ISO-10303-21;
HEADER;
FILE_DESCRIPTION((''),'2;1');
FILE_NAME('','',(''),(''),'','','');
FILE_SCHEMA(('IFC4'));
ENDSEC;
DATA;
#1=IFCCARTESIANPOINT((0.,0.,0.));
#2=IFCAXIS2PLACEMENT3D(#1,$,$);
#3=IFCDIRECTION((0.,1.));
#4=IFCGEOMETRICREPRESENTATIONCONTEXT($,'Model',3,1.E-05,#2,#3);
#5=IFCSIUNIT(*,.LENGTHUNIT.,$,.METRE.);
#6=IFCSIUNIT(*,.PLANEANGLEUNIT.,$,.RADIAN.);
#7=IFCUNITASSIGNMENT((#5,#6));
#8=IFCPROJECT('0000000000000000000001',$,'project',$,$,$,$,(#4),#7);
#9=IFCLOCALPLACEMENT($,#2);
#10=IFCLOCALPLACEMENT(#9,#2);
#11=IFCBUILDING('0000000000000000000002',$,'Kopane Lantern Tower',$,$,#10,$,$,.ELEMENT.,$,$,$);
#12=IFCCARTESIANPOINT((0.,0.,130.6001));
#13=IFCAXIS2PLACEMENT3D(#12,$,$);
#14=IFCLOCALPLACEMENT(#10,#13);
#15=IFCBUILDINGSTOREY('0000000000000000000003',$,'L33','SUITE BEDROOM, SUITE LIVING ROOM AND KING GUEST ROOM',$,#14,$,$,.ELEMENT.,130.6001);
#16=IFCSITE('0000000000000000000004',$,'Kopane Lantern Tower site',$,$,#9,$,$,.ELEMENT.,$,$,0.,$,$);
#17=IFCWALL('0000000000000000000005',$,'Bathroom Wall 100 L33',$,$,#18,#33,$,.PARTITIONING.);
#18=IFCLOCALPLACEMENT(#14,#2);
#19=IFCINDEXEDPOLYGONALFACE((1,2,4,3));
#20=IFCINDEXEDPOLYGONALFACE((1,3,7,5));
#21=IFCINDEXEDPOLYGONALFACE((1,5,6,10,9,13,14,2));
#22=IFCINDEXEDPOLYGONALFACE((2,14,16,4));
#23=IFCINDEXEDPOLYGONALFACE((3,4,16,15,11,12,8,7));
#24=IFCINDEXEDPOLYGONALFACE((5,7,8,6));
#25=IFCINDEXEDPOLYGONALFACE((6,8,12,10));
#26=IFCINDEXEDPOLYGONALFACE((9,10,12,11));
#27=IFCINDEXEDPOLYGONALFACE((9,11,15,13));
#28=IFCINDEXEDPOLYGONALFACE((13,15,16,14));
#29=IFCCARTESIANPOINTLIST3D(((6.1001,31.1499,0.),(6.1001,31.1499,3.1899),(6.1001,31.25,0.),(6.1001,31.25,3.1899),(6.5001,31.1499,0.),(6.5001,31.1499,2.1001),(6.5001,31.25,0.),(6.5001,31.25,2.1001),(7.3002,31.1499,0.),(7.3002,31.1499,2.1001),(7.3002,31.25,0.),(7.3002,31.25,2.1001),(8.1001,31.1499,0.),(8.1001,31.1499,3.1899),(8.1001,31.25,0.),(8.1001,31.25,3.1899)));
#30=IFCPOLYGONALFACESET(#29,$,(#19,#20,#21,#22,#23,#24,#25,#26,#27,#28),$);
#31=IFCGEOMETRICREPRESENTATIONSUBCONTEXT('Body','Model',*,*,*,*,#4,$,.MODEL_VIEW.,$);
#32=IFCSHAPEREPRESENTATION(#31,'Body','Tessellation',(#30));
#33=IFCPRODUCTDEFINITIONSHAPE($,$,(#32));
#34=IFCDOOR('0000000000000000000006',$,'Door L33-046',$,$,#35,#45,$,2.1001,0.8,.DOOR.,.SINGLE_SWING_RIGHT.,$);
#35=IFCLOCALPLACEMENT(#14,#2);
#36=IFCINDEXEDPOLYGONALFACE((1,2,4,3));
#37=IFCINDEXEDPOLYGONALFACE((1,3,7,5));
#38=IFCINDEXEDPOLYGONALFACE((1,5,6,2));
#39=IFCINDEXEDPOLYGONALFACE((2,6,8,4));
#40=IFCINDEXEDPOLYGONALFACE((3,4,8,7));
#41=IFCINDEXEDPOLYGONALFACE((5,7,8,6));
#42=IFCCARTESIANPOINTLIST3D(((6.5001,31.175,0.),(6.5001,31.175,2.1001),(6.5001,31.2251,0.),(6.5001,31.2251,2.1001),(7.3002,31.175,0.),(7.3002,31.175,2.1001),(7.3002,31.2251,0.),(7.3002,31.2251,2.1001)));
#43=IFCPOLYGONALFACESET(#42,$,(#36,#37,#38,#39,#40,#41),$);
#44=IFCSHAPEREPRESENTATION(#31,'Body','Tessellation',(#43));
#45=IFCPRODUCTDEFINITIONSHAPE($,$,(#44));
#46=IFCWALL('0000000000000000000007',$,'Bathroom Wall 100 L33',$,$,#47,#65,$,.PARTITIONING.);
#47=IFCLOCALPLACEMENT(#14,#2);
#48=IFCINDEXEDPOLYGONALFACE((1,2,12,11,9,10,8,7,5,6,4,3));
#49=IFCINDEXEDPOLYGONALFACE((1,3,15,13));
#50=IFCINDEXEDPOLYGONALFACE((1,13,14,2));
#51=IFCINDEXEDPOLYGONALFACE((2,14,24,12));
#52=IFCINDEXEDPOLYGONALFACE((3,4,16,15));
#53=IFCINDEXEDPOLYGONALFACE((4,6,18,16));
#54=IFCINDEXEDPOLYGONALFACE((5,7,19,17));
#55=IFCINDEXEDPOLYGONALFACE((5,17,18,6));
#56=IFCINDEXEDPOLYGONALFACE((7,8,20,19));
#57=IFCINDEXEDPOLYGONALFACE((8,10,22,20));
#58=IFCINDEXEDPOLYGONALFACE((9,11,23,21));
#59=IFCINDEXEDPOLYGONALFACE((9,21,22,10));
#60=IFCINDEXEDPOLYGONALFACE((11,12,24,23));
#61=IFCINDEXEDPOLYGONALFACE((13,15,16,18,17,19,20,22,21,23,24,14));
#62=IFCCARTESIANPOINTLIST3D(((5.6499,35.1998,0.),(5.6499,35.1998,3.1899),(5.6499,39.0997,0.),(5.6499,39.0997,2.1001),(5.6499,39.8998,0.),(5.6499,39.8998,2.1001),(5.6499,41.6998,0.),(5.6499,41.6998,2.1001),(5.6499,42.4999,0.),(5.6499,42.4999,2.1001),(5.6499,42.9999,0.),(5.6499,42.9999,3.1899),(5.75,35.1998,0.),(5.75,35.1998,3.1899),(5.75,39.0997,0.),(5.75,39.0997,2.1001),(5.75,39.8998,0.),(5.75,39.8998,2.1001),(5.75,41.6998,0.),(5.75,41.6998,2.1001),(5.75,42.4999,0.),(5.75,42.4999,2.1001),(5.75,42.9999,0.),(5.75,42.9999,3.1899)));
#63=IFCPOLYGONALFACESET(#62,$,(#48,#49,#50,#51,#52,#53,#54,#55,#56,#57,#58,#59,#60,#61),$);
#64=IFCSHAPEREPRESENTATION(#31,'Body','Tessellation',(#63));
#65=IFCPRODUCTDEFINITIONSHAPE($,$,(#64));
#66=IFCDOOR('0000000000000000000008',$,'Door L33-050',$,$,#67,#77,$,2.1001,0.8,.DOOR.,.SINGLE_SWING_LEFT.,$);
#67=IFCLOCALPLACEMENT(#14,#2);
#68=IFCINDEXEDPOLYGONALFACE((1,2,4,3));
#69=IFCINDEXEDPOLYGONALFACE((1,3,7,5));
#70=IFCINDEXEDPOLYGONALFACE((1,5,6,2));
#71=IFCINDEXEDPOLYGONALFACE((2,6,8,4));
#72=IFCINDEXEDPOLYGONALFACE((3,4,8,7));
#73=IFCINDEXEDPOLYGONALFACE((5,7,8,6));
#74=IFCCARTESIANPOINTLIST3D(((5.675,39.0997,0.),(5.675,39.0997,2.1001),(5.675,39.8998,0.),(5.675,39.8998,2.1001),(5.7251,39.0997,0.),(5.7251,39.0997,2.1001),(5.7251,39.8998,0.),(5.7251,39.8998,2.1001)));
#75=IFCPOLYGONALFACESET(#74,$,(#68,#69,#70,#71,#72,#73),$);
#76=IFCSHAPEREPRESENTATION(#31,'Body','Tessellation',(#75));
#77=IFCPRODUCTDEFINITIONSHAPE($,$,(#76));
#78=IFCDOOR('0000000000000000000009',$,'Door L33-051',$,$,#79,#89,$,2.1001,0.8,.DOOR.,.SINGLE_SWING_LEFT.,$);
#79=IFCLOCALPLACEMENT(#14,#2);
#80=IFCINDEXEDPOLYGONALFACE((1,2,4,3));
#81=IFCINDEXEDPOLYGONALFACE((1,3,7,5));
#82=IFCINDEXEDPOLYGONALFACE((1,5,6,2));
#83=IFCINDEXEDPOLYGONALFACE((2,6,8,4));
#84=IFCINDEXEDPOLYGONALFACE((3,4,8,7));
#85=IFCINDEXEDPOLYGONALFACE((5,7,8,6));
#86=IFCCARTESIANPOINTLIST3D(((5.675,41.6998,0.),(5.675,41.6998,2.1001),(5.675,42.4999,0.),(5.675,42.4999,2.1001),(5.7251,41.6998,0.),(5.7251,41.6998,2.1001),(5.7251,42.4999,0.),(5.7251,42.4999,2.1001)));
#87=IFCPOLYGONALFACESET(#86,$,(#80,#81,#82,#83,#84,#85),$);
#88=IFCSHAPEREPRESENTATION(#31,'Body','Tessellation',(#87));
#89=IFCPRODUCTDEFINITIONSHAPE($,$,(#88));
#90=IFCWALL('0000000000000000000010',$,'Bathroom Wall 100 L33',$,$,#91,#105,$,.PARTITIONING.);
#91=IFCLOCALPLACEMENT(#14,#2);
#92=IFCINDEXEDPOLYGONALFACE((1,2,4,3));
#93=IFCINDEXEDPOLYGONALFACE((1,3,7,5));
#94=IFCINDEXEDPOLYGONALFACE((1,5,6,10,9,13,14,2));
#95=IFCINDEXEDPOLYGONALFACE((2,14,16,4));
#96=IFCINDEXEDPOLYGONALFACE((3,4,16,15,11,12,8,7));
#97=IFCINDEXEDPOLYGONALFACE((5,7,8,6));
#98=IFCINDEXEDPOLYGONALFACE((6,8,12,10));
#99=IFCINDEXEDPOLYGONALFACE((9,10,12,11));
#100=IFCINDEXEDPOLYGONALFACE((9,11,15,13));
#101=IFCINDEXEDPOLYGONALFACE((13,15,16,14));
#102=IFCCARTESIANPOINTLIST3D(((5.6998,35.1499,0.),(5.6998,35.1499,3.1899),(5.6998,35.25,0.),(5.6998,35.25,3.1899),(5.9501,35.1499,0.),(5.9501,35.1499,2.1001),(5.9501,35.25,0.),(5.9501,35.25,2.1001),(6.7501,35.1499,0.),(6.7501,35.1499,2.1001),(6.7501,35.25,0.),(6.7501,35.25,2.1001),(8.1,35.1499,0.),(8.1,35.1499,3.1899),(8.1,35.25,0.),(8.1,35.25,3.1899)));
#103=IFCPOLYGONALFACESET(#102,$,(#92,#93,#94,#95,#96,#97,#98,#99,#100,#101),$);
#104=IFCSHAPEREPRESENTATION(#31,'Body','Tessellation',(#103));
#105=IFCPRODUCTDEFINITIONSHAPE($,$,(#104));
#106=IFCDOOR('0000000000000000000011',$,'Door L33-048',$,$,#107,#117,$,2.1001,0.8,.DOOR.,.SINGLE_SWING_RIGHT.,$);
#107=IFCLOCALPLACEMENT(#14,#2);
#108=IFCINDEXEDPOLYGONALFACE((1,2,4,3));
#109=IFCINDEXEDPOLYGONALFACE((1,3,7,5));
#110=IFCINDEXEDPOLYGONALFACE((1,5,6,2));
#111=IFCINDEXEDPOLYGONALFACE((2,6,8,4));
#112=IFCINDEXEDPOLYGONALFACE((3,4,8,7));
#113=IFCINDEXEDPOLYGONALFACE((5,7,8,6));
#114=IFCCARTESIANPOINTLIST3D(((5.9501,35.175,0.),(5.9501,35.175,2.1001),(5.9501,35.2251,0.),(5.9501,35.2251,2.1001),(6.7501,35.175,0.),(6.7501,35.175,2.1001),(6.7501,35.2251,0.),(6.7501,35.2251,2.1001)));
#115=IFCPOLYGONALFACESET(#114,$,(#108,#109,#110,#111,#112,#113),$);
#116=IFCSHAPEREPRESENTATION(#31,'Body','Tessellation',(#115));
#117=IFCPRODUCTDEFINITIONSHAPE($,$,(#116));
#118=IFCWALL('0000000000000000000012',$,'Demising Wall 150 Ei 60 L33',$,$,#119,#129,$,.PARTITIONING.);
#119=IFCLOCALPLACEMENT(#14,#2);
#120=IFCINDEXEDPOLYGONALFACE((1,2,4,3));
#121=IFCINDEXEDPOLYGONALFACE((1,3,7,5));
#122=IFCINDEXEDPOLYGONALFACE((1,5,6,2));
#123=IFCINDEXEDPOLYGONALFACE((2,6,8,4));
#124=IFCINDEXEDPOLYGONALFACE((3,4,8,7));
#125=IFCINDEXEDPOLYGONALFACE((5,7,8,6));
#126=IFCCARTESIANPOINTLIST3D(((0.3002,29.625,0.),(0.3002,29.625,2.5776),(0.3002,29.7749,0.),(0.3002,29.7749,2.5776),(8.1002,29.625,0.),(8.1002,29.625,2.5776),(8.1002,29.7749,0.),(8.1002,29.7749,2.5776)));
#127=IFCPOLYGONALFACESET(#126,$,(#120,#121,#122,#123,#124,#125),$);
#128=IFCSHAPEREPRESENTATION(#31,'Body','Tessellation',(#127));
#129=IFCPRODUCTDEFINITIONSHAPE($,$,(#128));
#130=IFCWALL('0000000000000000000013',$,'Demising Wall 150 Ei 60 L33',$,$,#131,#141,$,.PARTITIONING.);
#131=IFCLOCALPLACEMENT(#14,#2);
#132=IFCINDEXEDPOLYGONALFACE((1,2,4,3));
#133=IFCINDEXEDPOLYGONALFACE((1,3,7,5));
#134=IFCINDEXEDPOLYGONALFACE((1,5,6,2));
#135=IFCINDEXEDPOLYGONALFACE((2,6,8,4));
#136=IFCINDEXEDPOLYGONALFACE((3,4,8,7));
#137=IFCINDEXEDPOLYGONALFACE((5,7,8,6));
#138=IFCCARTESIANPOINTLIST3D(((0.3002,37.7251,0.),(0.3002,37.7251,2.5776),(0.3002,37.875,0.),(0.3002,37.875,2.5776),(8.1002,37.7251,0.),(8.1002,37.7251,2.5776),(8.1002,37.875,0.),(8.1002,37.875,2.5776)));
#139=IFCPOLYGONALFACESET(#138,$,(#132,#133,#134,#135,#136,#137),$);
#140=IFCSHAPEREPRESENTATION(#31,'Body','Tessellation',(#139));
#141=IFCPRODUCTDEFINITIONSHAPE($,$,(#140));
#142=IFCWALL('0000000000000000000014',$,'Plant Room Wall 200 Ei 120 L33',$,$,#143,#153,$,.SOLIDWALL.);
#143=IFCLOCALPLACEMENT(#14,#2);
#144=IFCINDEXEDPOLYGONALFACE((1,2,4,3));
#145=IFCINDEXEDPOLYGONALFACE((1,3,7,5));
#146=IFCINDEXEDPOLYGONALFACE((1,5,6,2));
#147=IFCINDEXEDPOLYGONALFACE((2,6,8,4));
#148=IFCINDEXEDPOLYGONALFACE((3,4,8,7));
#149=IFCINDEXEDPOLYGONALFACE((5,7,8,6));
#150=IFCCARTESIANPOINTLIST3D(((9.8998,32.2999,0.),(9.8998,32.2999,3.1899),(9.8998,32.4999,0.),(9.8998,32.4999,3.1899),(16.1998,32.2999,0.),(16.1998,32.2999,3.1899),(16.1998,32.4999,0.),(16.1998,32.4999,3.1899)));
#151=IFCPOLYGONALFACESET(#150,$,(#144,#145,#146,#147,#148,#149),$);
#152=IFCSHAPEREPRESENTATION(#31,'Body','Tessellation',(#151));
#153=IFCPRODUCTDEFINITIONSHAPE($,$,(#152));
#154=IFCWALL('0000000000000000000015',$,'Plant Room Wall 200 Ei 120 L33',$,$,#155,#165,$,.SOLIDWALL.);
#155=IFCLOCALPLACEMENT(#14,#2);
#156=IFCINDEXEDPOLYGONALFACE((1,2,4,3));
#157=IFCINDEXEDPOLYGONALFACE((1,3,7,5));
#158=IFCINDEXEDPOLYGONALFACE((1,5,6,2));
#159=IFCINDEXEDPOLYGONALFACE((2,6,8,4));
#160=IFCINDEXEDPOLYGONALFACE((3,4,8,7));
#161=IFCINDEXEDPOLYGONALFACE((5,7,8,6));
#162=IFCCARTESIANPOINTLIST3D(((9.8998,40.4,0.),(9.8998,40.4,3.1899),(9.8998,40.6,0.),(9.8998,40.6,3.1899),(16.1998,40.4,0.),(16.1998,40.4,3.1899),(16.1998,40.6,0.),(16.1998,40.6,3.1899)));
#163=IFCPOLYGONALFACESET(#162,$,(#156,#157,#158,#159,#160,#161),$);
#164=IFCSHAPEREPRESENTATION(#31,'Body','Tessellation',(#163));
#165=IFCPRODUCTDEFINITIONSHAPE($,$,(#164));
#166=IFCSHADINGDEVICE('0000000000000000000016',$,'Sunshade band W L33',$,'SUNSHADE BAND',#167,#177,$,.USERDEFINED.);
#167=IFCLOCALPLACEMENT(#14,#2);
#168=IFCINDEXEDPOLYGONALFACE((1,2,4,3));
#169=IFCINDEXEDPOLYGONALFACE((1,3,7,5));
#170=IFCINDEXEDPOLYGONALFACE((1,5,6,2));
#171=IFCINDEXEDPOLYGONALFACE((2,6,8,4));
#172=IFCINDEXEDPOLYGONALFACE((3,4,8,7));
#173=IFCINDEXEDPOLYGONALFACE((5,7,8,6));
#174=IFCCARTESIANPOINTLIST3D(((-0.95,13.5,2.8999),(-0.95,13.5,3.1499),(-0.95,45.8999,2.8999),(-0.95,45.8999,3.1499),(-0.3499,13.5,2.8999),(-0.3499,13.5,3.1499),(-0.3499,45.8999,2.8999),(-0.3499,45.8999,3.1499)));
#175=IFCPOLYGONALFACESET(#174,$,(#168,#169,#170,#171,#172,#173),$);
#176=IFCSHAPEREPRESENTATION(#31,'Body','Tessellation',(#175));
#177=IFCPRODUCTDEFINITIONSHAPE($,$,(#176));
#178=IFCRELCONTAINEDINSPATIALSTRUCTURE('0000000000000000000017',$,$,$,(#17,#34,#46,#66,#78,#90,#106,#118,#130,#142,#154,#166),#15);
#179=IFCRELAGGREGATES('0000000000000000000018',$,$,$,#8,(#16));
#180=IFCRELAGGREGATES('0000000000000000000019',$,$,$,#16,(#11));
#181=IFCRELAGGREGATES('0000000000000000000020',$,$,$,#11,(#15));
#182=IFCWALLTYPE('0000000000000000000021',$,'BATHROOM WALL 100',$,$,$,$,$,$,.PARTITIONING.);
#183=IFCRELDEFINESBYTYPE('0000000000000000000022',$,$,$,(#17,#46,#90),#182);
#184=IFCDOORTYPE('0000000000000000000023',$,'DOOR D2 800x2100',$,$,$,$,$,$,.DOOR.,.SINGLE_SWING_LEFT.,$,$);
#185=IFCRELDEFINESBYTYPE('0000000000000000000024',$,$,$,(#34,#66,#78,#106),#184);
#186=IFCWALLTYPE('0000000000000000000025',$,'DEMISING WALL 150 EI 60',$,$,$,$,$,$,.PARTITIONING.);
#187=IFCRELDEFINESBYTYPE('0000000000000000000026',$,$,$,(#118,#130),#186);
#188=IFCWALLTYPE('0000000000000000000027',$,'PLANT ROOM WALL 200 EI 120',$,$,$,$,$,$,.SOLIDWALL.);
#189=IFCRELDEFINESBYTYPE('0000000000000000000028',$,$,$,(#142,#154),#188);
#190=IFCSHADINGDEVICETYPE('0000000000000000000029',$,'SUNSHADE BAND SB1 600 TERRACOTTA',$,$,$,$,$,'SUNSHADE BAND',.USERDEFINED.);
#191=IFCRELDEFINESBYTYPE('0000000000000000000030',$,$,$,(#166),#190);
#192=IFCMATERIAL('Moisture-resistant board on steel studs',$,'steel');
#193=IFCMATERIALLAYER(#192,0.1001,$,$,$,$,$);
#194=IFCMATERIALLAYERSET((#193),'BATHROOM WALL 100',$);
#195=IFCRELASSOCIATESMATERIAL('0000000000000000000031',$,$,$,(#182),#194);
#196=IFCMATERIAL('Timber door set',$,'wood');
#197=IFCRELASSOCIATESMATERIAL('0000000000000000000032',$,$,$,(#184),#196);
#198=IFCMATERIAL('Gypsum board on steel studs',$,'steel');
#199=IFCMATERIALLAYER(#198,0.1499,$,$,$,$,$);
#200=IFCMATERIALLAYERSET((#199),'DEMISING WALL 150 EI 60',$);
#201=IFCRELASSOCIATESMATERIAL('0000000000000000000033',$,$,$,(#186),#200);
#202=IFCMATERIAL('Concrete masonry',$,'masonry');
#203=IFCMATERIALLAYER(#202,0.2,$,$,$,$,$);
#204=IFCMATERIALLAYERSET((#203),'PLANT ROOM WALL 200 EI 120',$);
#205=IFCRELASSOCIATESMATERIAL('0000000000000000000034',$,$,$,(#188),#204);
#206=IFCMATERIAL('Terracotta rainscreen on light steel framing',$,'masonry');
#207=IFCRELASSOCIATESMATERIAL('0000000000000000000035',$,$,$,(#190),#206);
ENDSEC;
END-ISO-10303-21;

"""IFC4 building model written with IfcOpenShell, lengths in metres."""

from ifc_helpers import new_model, si_unit, direction, frame, frame_2d, origin, origin_2d, place, context, subcontext, project, spatial, rectangle, extrude, material, layer, layer_set, type_object, element, fill, save


model = new_model("IFC4")

# Units and contexts
model_context = context("Model", 3, precision=1e-05, world=origin(), true_north=direction((0.0, 1.0)))
body_context = subcontext(model_context, "Body", "Model", "MODEL_VIEW")
ifc_project = project(units=[si_unit("LENGTHUNIT", "METRE"), si_unit("PLANEANGLEUNIT", "RADIAN")], contexts=[model_context])

# Site, building, storey
site_placement = place(None, origin())
site = spatial("IfcSite", under=ifc_project, at=site_placement, Name="Kopane Lantern Tower site", CompositionType="ELEMENT", RefElevation=0.0)
building_placement = place(site_placement, origin())
building = spatial("IfcBuilding", under=site, at=building_placement, Name="Kopane Lantern Tower", CompositionType="ELEMENT")
storey_placement = place(building_placement, frame((0.0, 0.0, 130.6001)))
storey = spatial("IfcBuildingStorey", under=building, at=storey_placement, Name="L33", Description="SUITE BEDROOM, SUITE LIVING ROOM AND KING GUEST ROOM", CompositionType="ELEMENT", Elevation=130.6001)

# Shared definitions
ifc_material_1 = material(Name="Moisture-resistant board on steel studs", Category="steel")
ifc_layer_1 = layer(ifc_material_1, 0.1001)
ifc_layer_set_1 = layer_set([ifc_layer_1], Name="BATHROOM WALL 100")
wall_type_1 = type_object("IfcWallType", Name="BATHROOM WALL 100", PredefinedType="PARTITIONING", material=ifc_layer_set_1)

# Wall, opening, door
wall_1_placement = place(storey_placement, frame((8.1001, 31.2, 0.0), z_axis=(0.0, 0.0, 1.0), x_axis=(-1.0, 0.0, 0.0)))
wall_1 = element("IfcWall", 1, at=wall_1_placement, inside=storey, type_object=wall_type_1, Name="Bathroom Wall 100 L33", PredefinedType="PARTITIONING", context=body_context, shape_type="SweptSolid", body=[
    extrude(rectangle(XDim=2.0, YDim=0.1001, at=frame_2d((1.0, 0.0))), origin(), (0.0, 0.0, 1.0), 3.1899),
])
opening_1_placement = place(wall_1_placement, frame((0.8, 0.0, 0.0)))
opening_1 = element("IfcOpeningElement", 2, at=opening_1_placement, cuts=wall_1, PredefinedType="OPENING", context=body_context, shape_type="SweptSolid", body=[
    extrude(rectangle(XDim=0.8, YDim=2.1001, at=frame_2d((0.3999, 1.05))), frame((0.0, 0.0601, 0.0), z_axis=(0.0, -1.0, 0.0), x_axis=(1.0, 0.0, 0.0)), (0.0, 0.0, 1.0), 0.1201),
])
ifc_material_2 = material(Name="Timber door set", Category="wood")
door_type_1 = type_object("IfcDoorType", Name="DOOR D2 800x2100", OperationType="SINGLE_SWING_LEFT", PredefinedType="DOOR", material=ifc_material_2)
door_1_placement = place(opening_1_placement, origin())
door_1 = element("IfcDoor", 3, at=door_1_placement, inside=storey, type_object=door_type_1, Name="Door L33-046", OperationType="SINGLE_SWING_RIGHT", OverallHeight=2.1001, OverallWidth=0.8, PredefinedType="DOOR", context=body_context, shape_type="SweptSolid", body=[
    extrude(rectangle(XDim=0.8, YDim=2.1001, at=frame_2d((0.3999, 1.05))), frame((0.0, 0.0249, 0.0), z_axis=(0.0, -1.0, 0.0), x_axis=(1.0, 0.0, 0.0)), (0.0, 0.0, 1.0), 0.05),
])
fill(opening_1, door_1)

# Wall, openings, doors
wall_2_placement = place(storey_placement, frame((5.7, 35.2, 0.0), z_axis=(0.0, 0.0, 1.0), x_axis=(0.0, 1.0, 0.0)))
wall_2 = element("IfcWall", 4, at=wall_2_placement, inside=storey, type_object=wall_type_1, Name="Bathroom Wall 100 L33", PredefinedType="PARTITIONING", context=body_context, shape_type="SweptSolid", body=[
    extrude(rectangle(XDim=7.8, YDim=0.1001, at=frame_2d((3.8999, 0.0))), origin(), (0.0, 0.0, 1.0), 3.1899),
])
opening_2_placement = place(wall_2_placement, frame((3.8999, 0.0, 0.0)))
opening_2 = element("IfcOpeningElement", 5, at=opening_2_placement, cuts=wall_2, PredefinedType="OPENING", context=body_context, shape_type="SweptSolid", body=[
    extrude(rectangle(XDim=0.8, YDim=2.1001, at=frame_2d((0.3999, 1.05))), frame((0.0, 0.0601, 0.0), z_axis=(0.0, -1.0, 0.0), x_axis=(1.0, 0.0, 0.0)), (0.0, 0.0, 1.0), 0.1201),
])
opening_3_placement = place(wall_2_placement, frame((6.5, 0.0, 0.0)))
opening_3 = element("IfcOpeningElement", 6, at=opening_3_placement, cuts=wall_2, PredefinedType="OPENING", context=body_context, shape_type="SweptSolid", body=[
    extrude(rectangle(XDim=0.8, YDim=2.1001, at=frame_2d((0.3999, 1.05))), frame((0.0, 0.0601, 0.0), z_axis=(0.0, -1.0, 0.0), x_axis=(1.0, 0.0, 0.0)), (0.0, 0.0, 1.0), 0.1201),
])
door_2_placement = place(opening_2_placement, origin())
door_2 = element("IfcDoor", 7, at=door_2_placement, inside=storey, type_object=door_type_1, Name="Door L33-050", OperationType="SINGLE_SWING_LEFT", OverallHeight=2.1001, OverallWidth=0.8, PredefinedType="DOOR", context=body_context, shape_type="SweptSolid", body=[
    extrude(rectangle(XDim=0.8, YDim=2.1001, at=frame_2d((0.3999, 1.05))), frame((0.0, 0.0249, 0.0), z_axis=(0.0, -1.0, 0.0), x_axis=(1.0, 0.0, 0.0)), (0.0, 0.0, 1.0), 0.05),
])
fill(opening_2, door_2)
door_3_placement = place(opening_3_placement, origin())
door_3 = element("IfcDoor", 8, at=door_3_placement, inside=storey, type_object=door_type_1, Name="Door L33-051", OperationType="SINGLE_SWING_LEFT", OverallHeight=2.1001, OverallWidth=0.8, PredefinedType="DOOR", context=body_context, shape_type="SweptSolid", body=[
    extrude(rectangle(XDim=0.8, YDim=2.1001, at=frame_2d((0.3999, 1.05))), frame((0.0, 0.0249, 0.0), z_axis=(0.0, -1.0, 0.0), x_axis=(1.0, 0.0, 0.0)), (0.0, 0.0, 1.0), 0.05),
])
fill(opening_3, door_3)

# Wall, opening, door
wall_3_placement = place(storey_placement, frame((8.1001, 35.2, 0.0), z_axis=(0.0, 0.0, 1.0), x_axis=(-1.0, 0.0, 0.0)))
wall_3 = element("IfcWall", 9, at=wall_3_placement, inside=storey, type_object=wall_type_1, Name="Bathroom Wall 100 L33", PredefinedType="PARTITIONING", context=body_context, shape_type="SweptSolid", body=[
    extrude(rectangle(XDim=2.4001, YDim=0.1001, at=frame_2d((1.2002, 0.0))), origin(), (0.0, 0.0, 1.0), 3.1899),
])
opening_4_placement = place(wall_3_placement, frame((1.3501, 0.0, 0.0)))
opening_4 = element("IfcOpeningElement", 10, at=opening_4_placement, cuts=wall_3, PredefinedType="OPENING", context=body_context, shape_type="SweptSolid", body=[
    extrude(rectangle(XDim=0.8, YDim=2.1001, at=frame_2d((0.3999, 1.05))), frame((0.0, 0.0601, 0.0), z_axis=(0.0, -1.0, 0.0), x_axis=(1.0, 0.0, 0.0)), (0.0, 0.0, 1.0), 0.1201),
])
door_4_placement = place(opening_4_placement, origin())
door_4 = element("IfcDoor", 11, at=door_4_placement, inside=storey, type_object=door_type_1, Name="Door L33-048", OperationType="SINGLE_SWING_RIGHT", OverallHeight=2.1001, OverallWidth=0.8, PredefinedType="DOOR", context=body_context, shape_type="SweptSolid", body=[
    extrude(rectangle(XDim=0.8, YDim=2.1001, at=frame_2d((0.3999, 1.05))), frame((0.0, 0.0249, 0.0), z_axis=(0.0, -1.0, 0.0), x_axis=(1.0, 0.0, 0.0)), (0.0, 0.0, 1.0), 0.05),
])
fill(opening_4, door_4)

# Walls
ifc_material_3 = material(Name="Gypsum board on steel studs", Category="steel")
ifc_layer_2 = layer(ifc_material_3, 0.1499)
ifc_layer_set_2 = layer_set([ifc_layer_2], Name="DEMISING WALL 150 EI 60")
wall_type_2 = type_object("IfcWallType", Name="DEMISING WALL 150 EI 60", PredefinedType="PARTITIONING", material=ifc_layer_set_2)
for number, where, z_axis, x_axis, name in (
    (12, (8.1001, 29.7, 0.0), (0.0, 0.0, 1.0), (-1.0, 0.0, 0.0), "Demising Wall 150 Ei 60 L33"),
    (13, (8.1001, 37.8, 0.0), (0.0, 0.0, 1.0), (-1.0, 0.0, 0.0), "Demising Wall 150 Ei 60 L33"),
):
    element("IfcWall", number, at=place(storey_placement, frame(where, z_axis=z_axis, x_axis=x_axis)), inside=storey, type_object=wall_type_2, Name=name, PredefinedType="PARTITIONING", context=body_context, shape_type="SweptSolid", body=[
        extrude(rectangle(XDim=7.8, YDim=0.1499, at=frame_2d((3.8999, 0.0))), origin(), (0.0, 0.0, 1.0), 2.5776),
    ])
ifc_material_4 = material(Name="Concrete masonry", Category="masonry")
ifc_layer_3 = layer(ifc_material_4, 0.2)
ifc_layer_set_3 = layer_set([ifc_layer_3], Name="PLANT ROOM WALL 200 EI 120")
wall_type_3 = type_object("IfcWallType", Name="PLANT ROOM WALL 200 EI 120", PredefinedType="SOLIDWALL", material=ifc_layer_set_3)
for number, where, z_axis, x_axis, name in (
    (14, (9.8999, 32.3999, 0.0), (0.0, 0.0, 1.0), (1.0, 0.0, 0.0), "Plant Room Wall 200 Ei 120 L33"),
    (15, (9.8999, 40.5, 0.0), (0.0, 0.0, 1.0), (1.0, 0.0, 0.0), "Plant Room Wall 200 Ei 120 L33"),
):
    element("IfcWall", number, at=place(storey_placement, frame(where, z_axis=z_axis, x_axis=x_axis)), inside=storey, type_object=wall_type_3, Name=name, PredefinedType="SOLIDWALL", context=body_context, shape_type="SweptSolid", body=[
        extrude(rectangle(XDim=6.3, YDim=0.2, at=frame_2d((3.1499, 0.0))), origin(), (0.0, 0.0, 1.0), 3.1899),
    ])

# Shading device
ifc_material_5 = material(Name="Terracotta rainscreen on light steel framing", Category="masonry")
shading_device_type = type_object("IfcShadingDeviceType", Name="SUNSHADE BAND SB1 600 TERRACOTTA", ElementType="SUNSHADE BAND", PredefinedType="USERDEFINED", material=ifc_material_5)
shading_device_placement = place(storey_placement, frame((-0.6499, 29.7, 2.8999), z_axis=(0.0, 0.0, 1.0), x_axis=(0.0, -1.0, 0.0)))
element("IfcShadingDevice", 16, at=shading_device_placement, inside=storey, type_object=shading_device_type, Name="Sunshade band W L33", ObjectType="SUNSHADE BAND", PredefinedType="USERDEFINED", context=body_context, shape_type="SweptSolid", body=[
    extrude(rectangle(XDim=32.3999, YDim=0.6001, at=origin_2d()), origin(), (0.0, 0.0, 1.0), 0.25),
])

save(model, "model.ifc")
